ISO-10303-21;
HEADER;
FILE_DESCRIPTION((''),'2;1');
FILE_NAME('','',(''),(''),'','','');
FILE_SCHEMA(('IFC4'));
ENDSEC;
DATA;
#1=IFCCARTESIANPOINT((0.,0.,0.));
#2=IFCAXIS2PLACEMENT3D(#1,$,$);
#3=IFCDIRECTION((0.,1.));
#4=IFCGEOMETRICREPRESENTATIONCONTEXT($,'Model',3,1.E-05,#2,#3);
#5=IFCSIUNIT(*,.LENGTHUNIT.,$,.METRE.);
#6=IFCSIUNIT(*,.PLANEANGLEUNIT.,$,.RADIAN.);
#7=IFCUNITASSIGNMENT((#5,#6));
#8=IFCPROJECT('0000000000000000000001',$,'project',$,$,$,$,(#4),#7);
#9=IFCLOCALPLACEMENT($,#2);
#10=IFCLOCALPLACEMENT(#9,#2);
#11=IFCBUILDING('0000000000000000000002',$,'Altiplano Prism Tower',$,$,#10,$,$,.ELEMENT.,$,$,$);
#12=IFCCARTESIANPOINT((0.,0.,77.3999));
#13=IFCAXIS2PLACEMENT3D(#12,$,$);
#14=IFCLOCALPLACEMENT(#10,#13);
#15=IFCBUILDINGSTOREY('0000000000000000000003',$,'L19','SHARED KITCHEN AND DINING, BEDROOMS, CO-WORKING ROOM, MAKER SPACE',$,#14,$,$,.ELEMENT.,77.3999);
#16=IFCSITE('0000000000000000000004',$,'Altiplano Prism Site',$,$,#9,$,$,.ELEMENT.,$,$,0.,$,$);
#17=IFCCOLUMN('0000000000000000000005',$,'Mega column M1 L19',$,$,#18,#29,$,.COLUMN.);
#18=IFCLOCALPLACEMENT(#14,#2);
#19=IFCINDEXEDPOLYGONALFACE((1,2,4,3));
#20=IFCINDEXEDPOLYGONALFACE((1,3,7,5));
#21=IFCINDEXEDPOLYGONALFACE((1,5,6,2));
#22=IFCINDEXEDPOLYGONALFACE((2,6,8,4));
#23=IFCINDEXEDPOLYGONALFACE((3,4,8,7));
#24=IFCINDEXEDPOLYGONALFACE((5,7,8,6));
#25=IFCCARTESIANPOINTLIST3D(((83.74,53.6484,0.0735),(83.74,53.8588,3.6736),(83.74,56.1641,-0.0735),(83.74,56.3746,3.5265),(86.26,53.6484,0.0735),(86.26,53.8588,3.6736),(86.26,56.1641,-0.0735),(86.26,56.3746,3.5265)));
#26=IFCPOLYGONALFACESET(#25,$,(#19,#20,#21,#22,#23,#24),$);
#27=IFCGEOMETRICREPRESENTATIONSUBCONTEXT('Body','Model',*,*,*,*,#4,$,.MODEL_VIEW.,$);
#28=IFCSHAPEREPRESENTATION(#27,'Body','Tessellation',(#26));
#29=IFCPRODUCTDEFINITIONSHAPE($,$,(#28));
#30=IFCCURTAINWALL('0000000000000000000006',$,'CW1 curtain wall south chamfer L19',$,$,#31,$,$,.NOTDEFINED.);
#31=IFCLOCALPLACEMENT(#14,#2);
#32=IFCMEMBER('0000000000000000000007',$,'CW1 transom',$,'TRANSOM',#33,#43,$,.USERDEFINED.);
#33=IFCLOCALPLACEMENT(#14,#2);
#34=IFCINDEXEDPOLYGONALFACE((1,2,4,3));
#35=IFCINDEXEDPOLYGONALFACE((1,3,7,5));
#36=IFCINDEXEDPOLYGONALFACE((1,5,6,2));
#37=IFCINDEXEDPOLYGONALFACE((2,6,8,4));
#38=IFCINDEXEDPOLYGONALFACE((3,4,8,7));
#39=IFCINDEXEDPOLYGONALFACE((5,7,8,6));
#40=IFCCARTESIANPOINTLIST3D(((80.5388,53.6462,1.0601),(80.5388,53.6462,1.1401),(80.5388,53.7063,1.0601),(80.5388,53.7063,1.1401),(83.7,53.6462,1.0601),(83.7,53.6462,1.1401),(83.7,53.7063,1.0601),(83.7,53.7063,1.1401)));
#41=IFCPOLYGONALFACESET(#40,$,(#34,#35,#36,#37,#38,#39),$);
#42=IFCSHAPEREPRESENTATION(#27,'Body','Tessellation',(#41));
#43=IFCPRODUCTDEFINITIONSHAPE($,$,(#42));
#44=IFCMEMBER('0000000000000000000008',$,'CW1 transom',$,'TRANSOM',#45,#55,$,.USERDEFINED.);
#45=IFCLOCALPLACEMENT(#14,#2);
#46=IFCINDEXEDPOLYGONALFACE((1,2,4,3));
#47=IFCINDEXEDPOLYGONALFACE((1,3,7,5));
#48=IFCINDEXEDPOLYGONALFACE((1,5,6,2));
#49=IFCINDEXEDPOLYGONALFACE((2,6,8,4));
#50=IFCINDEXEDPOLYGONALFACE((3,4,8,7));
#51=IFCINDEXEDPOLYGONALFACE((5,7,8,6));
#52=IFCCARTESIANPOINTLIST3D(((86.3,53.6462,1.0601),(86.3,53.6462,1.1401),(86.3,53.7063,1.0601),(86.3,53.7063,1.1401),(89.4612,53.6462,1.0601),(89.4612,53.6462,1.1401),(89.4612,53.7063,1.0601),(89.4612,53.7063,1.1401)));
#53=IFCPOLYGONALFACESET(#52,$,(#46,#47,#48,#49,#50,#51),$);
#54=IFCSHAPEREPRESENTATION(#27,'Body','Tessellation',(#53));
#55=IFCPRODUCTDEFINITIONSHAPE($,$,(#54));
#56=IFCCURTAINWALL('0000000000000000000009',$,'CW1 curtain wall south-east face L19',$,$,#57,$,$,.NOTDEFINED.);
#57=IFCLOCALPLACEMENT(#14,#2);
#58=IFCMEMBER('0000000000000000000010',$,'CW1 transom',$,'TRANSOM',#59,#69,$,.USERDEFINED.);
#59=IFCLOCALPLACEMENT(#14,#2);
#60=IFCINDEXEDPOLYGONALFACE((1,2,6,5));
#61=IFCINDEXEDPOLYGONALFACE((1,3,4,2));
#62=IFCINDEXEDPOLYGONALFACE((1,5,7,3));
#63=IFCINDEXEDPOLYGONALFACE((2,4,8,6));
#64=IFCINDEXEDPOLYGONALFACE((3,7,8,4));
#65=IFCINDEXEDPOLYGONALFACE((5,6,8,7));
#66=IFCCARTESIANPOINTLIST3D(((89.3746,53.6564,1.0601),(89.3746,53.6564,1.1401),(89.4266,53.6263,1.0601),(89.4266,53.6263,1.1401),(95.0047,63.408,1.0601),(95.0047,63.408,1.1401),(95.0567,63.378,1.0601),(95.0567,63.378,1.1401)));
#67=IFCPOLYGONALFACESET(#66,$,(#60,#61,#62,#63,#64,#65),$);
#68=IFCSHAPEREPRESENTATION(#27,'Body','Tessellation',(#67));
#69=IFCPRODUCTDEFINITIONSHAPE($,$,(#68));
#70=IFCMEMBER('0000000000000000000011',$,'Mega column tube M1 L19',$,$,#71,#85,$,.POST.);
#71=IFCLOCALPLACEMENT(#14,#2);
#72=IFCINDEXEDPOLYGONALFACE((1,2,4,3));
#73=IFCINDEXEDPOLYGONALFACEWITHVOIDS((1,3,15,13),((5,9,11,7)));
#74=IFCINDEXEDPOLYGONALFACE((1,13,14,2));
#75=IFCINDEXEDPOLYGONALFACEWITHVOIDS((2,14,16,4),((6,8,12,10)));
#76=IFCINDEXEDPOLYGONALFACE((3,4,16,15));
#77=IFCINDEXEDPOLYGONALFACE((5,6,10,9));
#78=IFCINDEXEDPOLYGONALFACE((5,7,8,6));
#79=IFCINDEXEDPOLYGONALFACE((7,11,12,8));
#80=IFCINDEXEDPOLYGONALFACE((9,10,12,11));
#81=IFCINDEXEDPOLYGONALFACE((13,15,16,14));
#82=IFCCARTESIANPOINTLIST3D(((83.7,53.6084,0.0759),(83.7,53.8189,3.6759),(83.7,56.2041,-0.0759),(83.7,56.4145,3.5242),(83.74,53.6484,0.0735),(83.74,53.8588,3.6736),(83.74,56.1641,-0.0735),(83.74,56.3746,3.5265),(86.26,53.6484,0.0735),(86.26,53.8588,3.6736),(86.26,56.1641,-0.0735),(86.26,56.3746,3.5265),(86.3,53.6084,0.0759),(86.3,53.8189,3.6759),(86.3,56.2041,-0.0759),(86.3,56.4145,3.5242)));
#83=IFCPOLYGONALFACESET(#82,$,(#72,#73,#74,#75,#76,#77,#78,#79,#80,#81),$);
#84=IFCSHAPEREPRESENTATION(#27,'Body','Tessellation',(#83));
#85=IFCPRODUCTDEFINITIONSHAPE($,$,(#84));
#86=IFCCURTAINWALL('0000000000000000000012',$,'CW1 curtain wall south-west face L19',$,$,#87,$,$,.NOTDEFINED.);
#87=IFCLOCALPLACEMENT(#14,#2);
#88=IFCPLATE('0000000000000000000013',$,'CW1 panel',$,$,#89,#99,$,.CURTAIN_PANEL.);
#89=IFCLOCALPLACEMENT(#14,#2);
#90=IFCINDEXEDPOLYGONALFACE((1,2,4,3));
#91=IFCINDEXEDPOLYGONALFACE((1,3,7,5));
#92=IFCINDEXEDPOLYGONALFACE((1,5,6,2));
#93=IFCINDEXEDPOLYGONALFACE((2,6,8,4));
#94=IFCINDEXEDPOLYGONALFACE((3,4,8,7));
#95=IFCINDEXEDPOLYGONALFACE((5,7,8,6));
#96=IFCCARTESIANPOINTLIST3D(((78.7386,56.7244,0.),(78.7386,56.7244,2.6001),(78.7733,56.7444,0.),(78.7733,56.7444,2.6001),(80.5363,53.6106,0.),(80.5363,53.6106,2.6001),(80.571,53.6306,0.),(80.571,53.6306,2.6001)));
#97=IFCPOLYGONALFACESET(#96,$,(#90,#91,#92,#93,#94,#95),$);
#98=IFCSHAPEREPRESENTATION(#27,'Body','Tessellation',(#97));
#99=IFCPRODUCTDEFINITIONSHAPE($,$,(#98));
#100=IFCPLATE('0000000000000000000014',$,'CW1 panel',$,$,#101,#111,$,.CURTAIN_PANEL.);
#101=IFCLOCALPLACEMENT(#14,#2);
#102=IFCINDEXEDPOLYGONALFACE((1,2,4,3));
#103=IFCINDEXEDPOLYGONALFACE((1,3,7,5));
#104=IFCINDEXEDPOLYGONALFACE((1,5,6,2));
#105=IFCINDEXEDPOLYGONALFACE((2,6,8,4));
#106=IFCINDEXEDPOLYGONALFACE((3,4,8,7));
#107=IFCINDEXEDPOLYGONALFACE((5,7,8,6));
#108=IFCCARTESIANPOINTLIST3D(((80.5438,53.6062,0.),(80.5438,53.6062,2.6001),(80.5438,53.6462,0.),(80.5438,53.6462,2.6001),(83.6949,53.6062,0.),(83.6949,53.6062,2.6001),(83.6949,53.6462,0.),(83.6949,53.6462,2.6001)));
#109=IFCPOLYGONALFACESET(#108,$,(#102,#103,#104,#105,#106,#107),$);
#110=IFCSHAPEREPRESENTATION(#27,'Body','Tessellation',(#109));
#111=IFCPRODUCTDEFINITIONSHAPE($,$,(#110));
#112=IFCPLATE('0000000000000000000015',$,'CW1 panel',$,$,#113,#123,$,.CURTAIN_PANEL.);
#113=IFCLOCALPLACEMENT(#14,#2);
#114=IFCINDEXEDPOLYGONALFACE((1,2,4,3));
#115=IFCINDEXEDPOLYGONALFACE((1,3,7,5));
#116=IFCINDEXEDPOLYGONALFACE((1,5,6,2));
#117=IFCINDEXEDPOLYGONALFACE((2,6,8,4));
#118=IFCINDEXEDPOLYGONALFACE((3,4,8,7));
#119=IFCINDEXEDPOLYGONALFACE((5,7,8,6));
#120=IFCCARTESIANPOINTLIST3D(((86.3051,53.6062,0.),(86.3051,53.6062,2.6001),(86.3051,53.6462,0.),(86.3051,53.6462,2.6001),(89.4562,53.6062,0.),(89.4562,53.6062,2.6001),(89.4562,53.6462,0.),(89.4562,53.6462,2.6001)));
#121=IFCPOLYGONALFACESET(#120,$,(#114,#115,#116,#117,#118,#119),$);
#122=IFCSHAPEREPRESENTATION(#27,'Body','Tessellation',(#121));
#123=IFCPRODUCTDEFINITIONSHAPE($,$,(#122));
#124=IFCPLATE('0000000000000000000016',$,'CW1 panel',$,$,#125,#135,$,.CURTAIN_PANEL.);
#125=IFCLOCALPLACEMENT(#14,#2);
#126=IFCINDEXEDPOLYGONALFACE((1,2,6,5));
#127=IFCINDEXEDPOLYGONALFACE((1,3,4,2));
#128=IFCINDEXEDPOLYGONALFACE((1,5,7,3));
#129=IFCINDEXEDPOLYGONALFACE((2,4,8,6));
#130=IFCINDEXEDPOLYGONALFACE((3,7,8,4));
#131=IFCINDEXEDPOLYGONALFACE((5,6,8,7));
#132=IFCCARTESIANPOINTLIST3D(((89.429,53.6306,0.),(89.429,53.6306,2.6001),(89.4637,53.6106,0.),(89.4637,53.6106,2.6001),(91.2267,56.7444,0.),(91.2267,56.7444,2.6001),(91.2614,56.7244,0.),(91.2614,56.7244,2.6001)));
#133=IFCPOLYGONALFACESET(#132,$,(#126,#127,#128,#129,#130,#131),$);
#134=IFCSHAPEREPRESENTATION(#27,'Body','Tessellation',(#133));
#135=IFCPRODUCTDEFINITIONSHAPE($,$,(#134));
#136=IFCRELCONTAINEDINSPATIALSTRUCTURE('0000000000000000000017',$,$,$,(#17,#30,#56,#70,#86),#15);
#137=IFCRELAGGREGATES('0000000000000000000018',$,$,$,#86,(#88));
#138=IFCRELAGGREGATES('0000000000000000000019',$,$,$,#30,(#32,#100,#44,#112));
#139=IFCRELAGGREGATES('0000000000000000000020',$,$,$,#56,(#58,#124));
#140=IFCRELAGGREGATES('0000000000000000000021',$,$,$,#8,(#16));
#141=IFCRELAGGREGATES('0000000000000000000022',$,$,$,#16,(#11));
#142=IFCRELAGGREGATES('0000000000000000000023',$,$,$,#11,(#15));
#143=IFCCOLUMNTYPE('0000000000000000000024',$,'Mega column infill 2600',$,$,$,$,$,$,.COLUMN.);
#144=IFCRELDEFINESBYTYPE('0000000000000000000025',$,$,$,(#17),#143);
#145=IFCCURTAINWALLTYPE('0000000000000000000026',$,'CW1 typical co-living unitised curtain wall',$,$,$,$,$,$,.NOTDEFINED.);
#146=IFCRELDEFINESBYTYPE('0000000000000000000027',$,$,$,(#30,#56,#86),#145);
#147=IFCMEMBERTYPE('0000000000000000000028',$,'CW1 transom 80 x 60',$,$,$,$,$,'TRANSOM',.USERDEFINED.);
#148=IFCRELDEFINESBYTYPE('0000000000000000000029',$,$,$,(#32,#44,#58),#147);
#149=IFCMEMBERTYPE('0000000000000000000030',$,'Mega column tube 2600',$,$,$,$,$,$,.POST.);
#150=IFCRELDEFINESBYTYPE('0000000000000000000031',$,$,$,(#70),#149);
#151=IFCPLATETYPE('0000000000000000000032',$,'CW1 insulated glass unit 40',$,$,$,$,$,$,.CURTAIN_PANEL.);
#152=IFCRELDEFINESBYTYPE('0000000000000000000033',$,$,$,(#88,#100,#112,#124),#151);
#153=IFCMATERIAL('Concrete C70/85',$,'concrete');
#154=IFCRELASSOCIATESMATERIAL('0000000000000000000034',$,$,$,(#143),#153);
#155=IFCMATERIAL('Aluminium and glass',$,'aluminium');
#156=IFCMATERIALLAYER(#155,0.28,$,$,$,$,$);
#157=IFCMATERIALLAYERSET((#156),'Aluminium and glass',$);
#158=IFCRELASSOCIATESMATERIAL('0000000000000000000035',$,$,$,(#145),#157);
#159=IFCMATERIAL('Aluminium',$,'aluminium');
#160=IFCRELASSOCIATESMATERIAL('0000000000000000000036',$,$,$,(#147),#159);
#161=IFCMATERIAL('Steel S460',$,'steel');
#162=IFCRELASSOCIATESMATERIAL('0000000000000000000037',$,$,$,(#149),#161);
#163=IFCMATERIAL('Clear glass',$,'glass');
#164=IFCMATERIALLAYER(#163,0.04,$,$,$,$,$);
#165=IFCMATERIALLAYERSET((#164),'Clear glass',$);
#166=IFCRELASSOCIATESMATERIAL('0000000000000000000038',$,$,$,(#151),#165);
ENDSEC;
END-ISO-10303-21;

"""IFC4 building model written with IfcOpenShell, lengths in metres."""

from ifc_helpers import new_model, si_unit, direction, frame, origin, origin_2d, place, context, subcontext, project, spatial, rectangle, hollow_rectangle, extrude, material, layer, layer_set, material_profile, profile_set, type_object, element, aggregate, save


model = new_model("IFC4")

# Units and contexts
model_context = context("Model", 3, precision=1e-05, world=origin(), true_north=direction((0.0, 1.0)))
body_context = subcontext(model_context, "Body", "Model", "MODEL_VIEW")
ifc_project = project(units=[si_unit("LENGTHUNIT", "METRE"), si_unit("PLANEANGLEUNIT", "RADIAN")], contexts=[model_context])

# Site, building, storey
site_placement = place(None, origin())
site = spatial("IfcSite", under=ifc_project, at=site_placement, Name="Altiplano Prism Site", CompositionType="ELEMENT", RefElevation=0.0)
building_placement = place(site_placement, origin())
building = spatial("IfcBuilding", under=site, at=building_placement, Name="Altiplano Prism Tower", CompositionType="ELEMENT")
storey_placement = place(building_placement, frame((0.0, 0.0, 77.3999)))
storey = spatial("IfcBuildingStorey", under=building, at=storey_placement, Name="L19", Description="SHARED KITCHEN AND DINING, BEDROOMS, CO-WORKING ROOM, MAKER SPACE", CompositionType="ELEMENT", Elevation=77.3999)

# Column
ifc_material_1 = material(Name="Concrete C70/85", Category="concrete")
ifc_material_profile_1 = material_profile(ifc_material_1, rectangle(XDim=2.52, YDim=2.52, at=origin_2d()), Name="Mega column infill 2600")
ifc_profile_set_1 = profile_set([ifc_material_profile_1], Name="Concrete C70/85")
column_type = type_object("IfcColumnType", Name="Mega column infill 2600", PredefinedType="COLUMN", material=ifc_profile_set_1)
column_placement = place(storey_placement, frame((85.0, 54.9062, 0.0), z_axis=(0.0, 0.058357, 0.998296), x_axis=(-1.0, 0.0, 0.0)))
element("IfcColumn", 1, at=column_placement, inside=storey, type_object=column_type, Name="Mega column M1 L19", PredefinedType="COLUMN", context=body_context, shape_type="SweptSolid", body=[
    extrude(rectangle(XDim=2.52, YDim=2.52, at=origin_2d()), origin(), (0.0, 0.0, 1.0), 3.6062),
])

# Curtain wall, members
ifc_material_2 = material(Name="Aluminium and glass", Category="aluminium")
ifc_layer_1 = layer(ifc_material_2, 0.28)
ifc_layer_set_1 = layer_set([ifc_layer_1], Name="Aluminium and glass")
curtain_wall_type = type_object("IfcCurtainWallType", Name="CW1 typical co-living unitised curtain wall", PredefinedType="NOTDEFINED", material=ifc_layer_set_1)
curtain_wall_1_placement = place(storey_placement, origin())
curtain_wall_1 = element("IfcCurtainWall", 2, at=curtain_wall_1_placement, inside=storey, type_object=curtain_wall_type, Name="CW1 curtain wall south chamfer L19", PredefinedType="NOTDEFINED")
ifc_material_3 = material(Name="Aluminium", Category="aluminium")
ifc_material_profile_2 = material_profile(ifc_material_3, rectangle(XDim=0.0601, YDim=0.0801, at=origin_2d()), Name="CW1 transom 80 x 60")
ifc_profile_set_2 = profile_set([ifc_material_profile_2], Name="Aluminium")
member_type_1 = type_object("IfcMemberType", Name="CW1 transom 80 x 60", ElementType="TRANSOM", PredefinedType="USERDEFINED", material=ifc_profile_set_2)
member_1_placement = place(storey_placement, frame((80.5388, 53.6763, 1.1001), z_axis=(1.0, 0.0, 0.0), x_axis=(0.0, 1.0, 0.0)))
member_1 = element("IfcMember", 3, at=member_1_placement, type_object=member_type_1, Name="CW1 transom", ObjectType="TRANSOM", PredefinedType="USERDEFINED", context=body_context, shape_type="SweptSolid", body=[
    extrude(rectangle(XDim=0.0601, YDim=0.0801, at=origin_2d()), origin(), (0.0, 0.0, 1.0), 3.1611),
])
member_2_placement = place(storey_placement, frame((86.3, 53.6763, 1.1001), z_axis=(1.0, 0.0, 0.0), x_axis=(0.0, 1.0, 0.0)))
member_2 = element("IfcMember", 4, at=member_2_placement, type_object=member_type_1, Name="CW1 transom", ObjectType="TRANSOM", PredefinedType="USERDEFINED", context=body_context, shape_type="SweptSolid", body=[
    extrude(rectangle(XDim=0.0601, YDim=0.0801, at=origin_2d()), origin(), (0.0, 0.0, 1.0), 3.1611),
])

# Curtain wall, member
curtain_wall_2_placement = place(storey_placement, origin())
curtain_wall_2 = element("IfcCurtainWall", 5, at=curtain_wall_2_placement, inside=storey, type_object=curtain_wall_type, Name="CW1 curtain wall south-east face L19", PredefinedType="NOTDEFINED")
member_3_placement = place(storey_placement, frame((89.4006, 53.6414, 1.1001), z_axis=(0.499998, 0.866026, 0.0), x_axis=(-0.866026, 0.499998, 0.0)))
member_3 = element("IfcMember", 6, at=member_3_placement, type_object=member_type_1, Name="CW1 transom", ObjectType="TRANSOM", PredefinedType="USERDEFINED", context=body_context, shape_type="SweptSolid", body=[
    extrude(rectangle(XDim=0.0601, YDim=0.0801, at=origin_2d()), origin(), (0.0, 0.0, 1.0), 11.2603),
])

# Member
ifc_material_4 = material(Name="Steel S460", Category="steel")
ifc_material_profile_3 = material_profile(ifc_material_4, hollow_rectangle(XDim=2.6001, YDim=2.6001, WallThickness=0.04, at=origin_2d()), Name="Mega column tube 2600")
ifc_profile_set_3 = profile_set([ifc_material_profile_3], Name="Steel S460")
member_type_2 = type_object("IfcMemberType", Name="Mega column tube 2600", PredefinedType="POST", material=ifc_profile_set_3)
member_4_placement = place(storey_placement, frame((85.0, 54.9062, 0.0), z_axis=(0.0, 0.058357, 0.998296), x_axis=(-1.0, 0.0, 0.0)))
element("IfcMember", 7, at=member_4_placement, inside=storey, type_object=member_type_2, Name="Mega column tube M1 L19", PredefinedType="POST", context=body_context, shape_type="SweptSolid", body=[
    extrude(hollow_rectangle(XDim=2.6001, YDim=2.6001, WallThickness=0.04, at=origin_2d()), origin(), (0.0, 0.0, 1.0), 3.6062),
])

# Curtain wall, plate
curtain_wall_3_placement = place(storey_placement, origin())
curtain_wall_3 = element("IfcCurtainWall", 8, at=curtain_wall_3_placement, inside=storey, type_object=curtain_wall_type, Name="CW1 curtain wall south-west face L19", PredefinedType="NOTDEFINED")
ifc_material_5 = material(Name="Clear glass", Category="glass")
ifc_layer_2 = layer(ifc_material_5, 0.04)
ifc_layer_set_2 = layer_set([ifc_layer_2], Name="Clear glass")
plate_type = type_object("IfcPlateType", Name="CW1 insulated glass unit 40", PredefinedType="CURTAIN_PANEL", material=ifc_layer_set_2)
plate_1_placement = place(storey_placement, frame((79.6548, 55.1775, 0.0), z_axis=(0.0, 0.0, 1.0), x_axis=(0.5, -0.866025, 0.0)))
plate_1 = element("IfcPlate", 9, at=plate_1_placement, type_object=plate_type, Name="CW1 panel", PredefinedType="CURTAIN_PANEL", context=body_context, shape_type="SweptSolid", body=[
    extrude(rectangle(XDim=3.5955, YDim=0.04, at=origin_2d()), origin(), (0.0, 0.0, 1.0), 2.6001),
])
aggregate(curtain_wall_3, [plate_1])

# Plates
plate_2_placement = place(storey_placement, frame((82.1194, 53.6262, 0.0), z_axis=(0.0, 0.0, 1.0), x_axis=(1.0, 0.0, 0.0)))
plate_2 = element("IfcPlate", 10, at=plate_2_placement, type_object=plate_type, Name="CW1 panel", PredefinedType="CURTAIN_PANEL", context=body_context, shape_type="SweptSolid", body=[
    extrude(rectangle(XDim=3.1511, YDim=0.04, at=origin_2d()), origin(), (0.0, 0.0, 1.0), 2.6001),
])
plate_3_placement = place(storey_placement, frame((87.8806, 53.6262, 0.0), z_axis=(0.0, 0.0, 1.0), x_axis=(1.0, 0.0, 0.0)))
plate_3 = element("IfcPlate", 11, at=plate_3_placement, type_object=plate_type, Name="CW1 panel", PredefinedType="CURTAIN_PANEL", context=body_context, shape_type="SweptSolid", body=[
    extrude(rectangle(XDim=3.1511, YDim=0.04, at=origin_2d()), origin(), (0.0, 0.0, 1.0), 2.6001),
])
aggregate(curtain_wall_1, [member_1, plate_2, member_2, plate_3])
plate_4_placement = place(storey_placement, frame((90.3452, 55.1775, 0.0), z_axis=(0.0, 0.0, 1.0), x_axis=(0.5, 0.866025, 0.0)))
plate_4 = element("IfcPlate", 12, at=plate_4_placement, type_object=plate_type, Name="CW1 panel", PredefinedType="CURTAIN_PANEL", context=body_context, shape_type="SweptSolid", body=[
    extrude(rectangle(XDim=3.5955, YDim=0.04, at=origin_2d()), origin(), (0.0, 0.0, 1.0), 2.6001),
])
aggregate(curtain_wall_2, [member_3, plate_4])

save(model, "model.ifc")
